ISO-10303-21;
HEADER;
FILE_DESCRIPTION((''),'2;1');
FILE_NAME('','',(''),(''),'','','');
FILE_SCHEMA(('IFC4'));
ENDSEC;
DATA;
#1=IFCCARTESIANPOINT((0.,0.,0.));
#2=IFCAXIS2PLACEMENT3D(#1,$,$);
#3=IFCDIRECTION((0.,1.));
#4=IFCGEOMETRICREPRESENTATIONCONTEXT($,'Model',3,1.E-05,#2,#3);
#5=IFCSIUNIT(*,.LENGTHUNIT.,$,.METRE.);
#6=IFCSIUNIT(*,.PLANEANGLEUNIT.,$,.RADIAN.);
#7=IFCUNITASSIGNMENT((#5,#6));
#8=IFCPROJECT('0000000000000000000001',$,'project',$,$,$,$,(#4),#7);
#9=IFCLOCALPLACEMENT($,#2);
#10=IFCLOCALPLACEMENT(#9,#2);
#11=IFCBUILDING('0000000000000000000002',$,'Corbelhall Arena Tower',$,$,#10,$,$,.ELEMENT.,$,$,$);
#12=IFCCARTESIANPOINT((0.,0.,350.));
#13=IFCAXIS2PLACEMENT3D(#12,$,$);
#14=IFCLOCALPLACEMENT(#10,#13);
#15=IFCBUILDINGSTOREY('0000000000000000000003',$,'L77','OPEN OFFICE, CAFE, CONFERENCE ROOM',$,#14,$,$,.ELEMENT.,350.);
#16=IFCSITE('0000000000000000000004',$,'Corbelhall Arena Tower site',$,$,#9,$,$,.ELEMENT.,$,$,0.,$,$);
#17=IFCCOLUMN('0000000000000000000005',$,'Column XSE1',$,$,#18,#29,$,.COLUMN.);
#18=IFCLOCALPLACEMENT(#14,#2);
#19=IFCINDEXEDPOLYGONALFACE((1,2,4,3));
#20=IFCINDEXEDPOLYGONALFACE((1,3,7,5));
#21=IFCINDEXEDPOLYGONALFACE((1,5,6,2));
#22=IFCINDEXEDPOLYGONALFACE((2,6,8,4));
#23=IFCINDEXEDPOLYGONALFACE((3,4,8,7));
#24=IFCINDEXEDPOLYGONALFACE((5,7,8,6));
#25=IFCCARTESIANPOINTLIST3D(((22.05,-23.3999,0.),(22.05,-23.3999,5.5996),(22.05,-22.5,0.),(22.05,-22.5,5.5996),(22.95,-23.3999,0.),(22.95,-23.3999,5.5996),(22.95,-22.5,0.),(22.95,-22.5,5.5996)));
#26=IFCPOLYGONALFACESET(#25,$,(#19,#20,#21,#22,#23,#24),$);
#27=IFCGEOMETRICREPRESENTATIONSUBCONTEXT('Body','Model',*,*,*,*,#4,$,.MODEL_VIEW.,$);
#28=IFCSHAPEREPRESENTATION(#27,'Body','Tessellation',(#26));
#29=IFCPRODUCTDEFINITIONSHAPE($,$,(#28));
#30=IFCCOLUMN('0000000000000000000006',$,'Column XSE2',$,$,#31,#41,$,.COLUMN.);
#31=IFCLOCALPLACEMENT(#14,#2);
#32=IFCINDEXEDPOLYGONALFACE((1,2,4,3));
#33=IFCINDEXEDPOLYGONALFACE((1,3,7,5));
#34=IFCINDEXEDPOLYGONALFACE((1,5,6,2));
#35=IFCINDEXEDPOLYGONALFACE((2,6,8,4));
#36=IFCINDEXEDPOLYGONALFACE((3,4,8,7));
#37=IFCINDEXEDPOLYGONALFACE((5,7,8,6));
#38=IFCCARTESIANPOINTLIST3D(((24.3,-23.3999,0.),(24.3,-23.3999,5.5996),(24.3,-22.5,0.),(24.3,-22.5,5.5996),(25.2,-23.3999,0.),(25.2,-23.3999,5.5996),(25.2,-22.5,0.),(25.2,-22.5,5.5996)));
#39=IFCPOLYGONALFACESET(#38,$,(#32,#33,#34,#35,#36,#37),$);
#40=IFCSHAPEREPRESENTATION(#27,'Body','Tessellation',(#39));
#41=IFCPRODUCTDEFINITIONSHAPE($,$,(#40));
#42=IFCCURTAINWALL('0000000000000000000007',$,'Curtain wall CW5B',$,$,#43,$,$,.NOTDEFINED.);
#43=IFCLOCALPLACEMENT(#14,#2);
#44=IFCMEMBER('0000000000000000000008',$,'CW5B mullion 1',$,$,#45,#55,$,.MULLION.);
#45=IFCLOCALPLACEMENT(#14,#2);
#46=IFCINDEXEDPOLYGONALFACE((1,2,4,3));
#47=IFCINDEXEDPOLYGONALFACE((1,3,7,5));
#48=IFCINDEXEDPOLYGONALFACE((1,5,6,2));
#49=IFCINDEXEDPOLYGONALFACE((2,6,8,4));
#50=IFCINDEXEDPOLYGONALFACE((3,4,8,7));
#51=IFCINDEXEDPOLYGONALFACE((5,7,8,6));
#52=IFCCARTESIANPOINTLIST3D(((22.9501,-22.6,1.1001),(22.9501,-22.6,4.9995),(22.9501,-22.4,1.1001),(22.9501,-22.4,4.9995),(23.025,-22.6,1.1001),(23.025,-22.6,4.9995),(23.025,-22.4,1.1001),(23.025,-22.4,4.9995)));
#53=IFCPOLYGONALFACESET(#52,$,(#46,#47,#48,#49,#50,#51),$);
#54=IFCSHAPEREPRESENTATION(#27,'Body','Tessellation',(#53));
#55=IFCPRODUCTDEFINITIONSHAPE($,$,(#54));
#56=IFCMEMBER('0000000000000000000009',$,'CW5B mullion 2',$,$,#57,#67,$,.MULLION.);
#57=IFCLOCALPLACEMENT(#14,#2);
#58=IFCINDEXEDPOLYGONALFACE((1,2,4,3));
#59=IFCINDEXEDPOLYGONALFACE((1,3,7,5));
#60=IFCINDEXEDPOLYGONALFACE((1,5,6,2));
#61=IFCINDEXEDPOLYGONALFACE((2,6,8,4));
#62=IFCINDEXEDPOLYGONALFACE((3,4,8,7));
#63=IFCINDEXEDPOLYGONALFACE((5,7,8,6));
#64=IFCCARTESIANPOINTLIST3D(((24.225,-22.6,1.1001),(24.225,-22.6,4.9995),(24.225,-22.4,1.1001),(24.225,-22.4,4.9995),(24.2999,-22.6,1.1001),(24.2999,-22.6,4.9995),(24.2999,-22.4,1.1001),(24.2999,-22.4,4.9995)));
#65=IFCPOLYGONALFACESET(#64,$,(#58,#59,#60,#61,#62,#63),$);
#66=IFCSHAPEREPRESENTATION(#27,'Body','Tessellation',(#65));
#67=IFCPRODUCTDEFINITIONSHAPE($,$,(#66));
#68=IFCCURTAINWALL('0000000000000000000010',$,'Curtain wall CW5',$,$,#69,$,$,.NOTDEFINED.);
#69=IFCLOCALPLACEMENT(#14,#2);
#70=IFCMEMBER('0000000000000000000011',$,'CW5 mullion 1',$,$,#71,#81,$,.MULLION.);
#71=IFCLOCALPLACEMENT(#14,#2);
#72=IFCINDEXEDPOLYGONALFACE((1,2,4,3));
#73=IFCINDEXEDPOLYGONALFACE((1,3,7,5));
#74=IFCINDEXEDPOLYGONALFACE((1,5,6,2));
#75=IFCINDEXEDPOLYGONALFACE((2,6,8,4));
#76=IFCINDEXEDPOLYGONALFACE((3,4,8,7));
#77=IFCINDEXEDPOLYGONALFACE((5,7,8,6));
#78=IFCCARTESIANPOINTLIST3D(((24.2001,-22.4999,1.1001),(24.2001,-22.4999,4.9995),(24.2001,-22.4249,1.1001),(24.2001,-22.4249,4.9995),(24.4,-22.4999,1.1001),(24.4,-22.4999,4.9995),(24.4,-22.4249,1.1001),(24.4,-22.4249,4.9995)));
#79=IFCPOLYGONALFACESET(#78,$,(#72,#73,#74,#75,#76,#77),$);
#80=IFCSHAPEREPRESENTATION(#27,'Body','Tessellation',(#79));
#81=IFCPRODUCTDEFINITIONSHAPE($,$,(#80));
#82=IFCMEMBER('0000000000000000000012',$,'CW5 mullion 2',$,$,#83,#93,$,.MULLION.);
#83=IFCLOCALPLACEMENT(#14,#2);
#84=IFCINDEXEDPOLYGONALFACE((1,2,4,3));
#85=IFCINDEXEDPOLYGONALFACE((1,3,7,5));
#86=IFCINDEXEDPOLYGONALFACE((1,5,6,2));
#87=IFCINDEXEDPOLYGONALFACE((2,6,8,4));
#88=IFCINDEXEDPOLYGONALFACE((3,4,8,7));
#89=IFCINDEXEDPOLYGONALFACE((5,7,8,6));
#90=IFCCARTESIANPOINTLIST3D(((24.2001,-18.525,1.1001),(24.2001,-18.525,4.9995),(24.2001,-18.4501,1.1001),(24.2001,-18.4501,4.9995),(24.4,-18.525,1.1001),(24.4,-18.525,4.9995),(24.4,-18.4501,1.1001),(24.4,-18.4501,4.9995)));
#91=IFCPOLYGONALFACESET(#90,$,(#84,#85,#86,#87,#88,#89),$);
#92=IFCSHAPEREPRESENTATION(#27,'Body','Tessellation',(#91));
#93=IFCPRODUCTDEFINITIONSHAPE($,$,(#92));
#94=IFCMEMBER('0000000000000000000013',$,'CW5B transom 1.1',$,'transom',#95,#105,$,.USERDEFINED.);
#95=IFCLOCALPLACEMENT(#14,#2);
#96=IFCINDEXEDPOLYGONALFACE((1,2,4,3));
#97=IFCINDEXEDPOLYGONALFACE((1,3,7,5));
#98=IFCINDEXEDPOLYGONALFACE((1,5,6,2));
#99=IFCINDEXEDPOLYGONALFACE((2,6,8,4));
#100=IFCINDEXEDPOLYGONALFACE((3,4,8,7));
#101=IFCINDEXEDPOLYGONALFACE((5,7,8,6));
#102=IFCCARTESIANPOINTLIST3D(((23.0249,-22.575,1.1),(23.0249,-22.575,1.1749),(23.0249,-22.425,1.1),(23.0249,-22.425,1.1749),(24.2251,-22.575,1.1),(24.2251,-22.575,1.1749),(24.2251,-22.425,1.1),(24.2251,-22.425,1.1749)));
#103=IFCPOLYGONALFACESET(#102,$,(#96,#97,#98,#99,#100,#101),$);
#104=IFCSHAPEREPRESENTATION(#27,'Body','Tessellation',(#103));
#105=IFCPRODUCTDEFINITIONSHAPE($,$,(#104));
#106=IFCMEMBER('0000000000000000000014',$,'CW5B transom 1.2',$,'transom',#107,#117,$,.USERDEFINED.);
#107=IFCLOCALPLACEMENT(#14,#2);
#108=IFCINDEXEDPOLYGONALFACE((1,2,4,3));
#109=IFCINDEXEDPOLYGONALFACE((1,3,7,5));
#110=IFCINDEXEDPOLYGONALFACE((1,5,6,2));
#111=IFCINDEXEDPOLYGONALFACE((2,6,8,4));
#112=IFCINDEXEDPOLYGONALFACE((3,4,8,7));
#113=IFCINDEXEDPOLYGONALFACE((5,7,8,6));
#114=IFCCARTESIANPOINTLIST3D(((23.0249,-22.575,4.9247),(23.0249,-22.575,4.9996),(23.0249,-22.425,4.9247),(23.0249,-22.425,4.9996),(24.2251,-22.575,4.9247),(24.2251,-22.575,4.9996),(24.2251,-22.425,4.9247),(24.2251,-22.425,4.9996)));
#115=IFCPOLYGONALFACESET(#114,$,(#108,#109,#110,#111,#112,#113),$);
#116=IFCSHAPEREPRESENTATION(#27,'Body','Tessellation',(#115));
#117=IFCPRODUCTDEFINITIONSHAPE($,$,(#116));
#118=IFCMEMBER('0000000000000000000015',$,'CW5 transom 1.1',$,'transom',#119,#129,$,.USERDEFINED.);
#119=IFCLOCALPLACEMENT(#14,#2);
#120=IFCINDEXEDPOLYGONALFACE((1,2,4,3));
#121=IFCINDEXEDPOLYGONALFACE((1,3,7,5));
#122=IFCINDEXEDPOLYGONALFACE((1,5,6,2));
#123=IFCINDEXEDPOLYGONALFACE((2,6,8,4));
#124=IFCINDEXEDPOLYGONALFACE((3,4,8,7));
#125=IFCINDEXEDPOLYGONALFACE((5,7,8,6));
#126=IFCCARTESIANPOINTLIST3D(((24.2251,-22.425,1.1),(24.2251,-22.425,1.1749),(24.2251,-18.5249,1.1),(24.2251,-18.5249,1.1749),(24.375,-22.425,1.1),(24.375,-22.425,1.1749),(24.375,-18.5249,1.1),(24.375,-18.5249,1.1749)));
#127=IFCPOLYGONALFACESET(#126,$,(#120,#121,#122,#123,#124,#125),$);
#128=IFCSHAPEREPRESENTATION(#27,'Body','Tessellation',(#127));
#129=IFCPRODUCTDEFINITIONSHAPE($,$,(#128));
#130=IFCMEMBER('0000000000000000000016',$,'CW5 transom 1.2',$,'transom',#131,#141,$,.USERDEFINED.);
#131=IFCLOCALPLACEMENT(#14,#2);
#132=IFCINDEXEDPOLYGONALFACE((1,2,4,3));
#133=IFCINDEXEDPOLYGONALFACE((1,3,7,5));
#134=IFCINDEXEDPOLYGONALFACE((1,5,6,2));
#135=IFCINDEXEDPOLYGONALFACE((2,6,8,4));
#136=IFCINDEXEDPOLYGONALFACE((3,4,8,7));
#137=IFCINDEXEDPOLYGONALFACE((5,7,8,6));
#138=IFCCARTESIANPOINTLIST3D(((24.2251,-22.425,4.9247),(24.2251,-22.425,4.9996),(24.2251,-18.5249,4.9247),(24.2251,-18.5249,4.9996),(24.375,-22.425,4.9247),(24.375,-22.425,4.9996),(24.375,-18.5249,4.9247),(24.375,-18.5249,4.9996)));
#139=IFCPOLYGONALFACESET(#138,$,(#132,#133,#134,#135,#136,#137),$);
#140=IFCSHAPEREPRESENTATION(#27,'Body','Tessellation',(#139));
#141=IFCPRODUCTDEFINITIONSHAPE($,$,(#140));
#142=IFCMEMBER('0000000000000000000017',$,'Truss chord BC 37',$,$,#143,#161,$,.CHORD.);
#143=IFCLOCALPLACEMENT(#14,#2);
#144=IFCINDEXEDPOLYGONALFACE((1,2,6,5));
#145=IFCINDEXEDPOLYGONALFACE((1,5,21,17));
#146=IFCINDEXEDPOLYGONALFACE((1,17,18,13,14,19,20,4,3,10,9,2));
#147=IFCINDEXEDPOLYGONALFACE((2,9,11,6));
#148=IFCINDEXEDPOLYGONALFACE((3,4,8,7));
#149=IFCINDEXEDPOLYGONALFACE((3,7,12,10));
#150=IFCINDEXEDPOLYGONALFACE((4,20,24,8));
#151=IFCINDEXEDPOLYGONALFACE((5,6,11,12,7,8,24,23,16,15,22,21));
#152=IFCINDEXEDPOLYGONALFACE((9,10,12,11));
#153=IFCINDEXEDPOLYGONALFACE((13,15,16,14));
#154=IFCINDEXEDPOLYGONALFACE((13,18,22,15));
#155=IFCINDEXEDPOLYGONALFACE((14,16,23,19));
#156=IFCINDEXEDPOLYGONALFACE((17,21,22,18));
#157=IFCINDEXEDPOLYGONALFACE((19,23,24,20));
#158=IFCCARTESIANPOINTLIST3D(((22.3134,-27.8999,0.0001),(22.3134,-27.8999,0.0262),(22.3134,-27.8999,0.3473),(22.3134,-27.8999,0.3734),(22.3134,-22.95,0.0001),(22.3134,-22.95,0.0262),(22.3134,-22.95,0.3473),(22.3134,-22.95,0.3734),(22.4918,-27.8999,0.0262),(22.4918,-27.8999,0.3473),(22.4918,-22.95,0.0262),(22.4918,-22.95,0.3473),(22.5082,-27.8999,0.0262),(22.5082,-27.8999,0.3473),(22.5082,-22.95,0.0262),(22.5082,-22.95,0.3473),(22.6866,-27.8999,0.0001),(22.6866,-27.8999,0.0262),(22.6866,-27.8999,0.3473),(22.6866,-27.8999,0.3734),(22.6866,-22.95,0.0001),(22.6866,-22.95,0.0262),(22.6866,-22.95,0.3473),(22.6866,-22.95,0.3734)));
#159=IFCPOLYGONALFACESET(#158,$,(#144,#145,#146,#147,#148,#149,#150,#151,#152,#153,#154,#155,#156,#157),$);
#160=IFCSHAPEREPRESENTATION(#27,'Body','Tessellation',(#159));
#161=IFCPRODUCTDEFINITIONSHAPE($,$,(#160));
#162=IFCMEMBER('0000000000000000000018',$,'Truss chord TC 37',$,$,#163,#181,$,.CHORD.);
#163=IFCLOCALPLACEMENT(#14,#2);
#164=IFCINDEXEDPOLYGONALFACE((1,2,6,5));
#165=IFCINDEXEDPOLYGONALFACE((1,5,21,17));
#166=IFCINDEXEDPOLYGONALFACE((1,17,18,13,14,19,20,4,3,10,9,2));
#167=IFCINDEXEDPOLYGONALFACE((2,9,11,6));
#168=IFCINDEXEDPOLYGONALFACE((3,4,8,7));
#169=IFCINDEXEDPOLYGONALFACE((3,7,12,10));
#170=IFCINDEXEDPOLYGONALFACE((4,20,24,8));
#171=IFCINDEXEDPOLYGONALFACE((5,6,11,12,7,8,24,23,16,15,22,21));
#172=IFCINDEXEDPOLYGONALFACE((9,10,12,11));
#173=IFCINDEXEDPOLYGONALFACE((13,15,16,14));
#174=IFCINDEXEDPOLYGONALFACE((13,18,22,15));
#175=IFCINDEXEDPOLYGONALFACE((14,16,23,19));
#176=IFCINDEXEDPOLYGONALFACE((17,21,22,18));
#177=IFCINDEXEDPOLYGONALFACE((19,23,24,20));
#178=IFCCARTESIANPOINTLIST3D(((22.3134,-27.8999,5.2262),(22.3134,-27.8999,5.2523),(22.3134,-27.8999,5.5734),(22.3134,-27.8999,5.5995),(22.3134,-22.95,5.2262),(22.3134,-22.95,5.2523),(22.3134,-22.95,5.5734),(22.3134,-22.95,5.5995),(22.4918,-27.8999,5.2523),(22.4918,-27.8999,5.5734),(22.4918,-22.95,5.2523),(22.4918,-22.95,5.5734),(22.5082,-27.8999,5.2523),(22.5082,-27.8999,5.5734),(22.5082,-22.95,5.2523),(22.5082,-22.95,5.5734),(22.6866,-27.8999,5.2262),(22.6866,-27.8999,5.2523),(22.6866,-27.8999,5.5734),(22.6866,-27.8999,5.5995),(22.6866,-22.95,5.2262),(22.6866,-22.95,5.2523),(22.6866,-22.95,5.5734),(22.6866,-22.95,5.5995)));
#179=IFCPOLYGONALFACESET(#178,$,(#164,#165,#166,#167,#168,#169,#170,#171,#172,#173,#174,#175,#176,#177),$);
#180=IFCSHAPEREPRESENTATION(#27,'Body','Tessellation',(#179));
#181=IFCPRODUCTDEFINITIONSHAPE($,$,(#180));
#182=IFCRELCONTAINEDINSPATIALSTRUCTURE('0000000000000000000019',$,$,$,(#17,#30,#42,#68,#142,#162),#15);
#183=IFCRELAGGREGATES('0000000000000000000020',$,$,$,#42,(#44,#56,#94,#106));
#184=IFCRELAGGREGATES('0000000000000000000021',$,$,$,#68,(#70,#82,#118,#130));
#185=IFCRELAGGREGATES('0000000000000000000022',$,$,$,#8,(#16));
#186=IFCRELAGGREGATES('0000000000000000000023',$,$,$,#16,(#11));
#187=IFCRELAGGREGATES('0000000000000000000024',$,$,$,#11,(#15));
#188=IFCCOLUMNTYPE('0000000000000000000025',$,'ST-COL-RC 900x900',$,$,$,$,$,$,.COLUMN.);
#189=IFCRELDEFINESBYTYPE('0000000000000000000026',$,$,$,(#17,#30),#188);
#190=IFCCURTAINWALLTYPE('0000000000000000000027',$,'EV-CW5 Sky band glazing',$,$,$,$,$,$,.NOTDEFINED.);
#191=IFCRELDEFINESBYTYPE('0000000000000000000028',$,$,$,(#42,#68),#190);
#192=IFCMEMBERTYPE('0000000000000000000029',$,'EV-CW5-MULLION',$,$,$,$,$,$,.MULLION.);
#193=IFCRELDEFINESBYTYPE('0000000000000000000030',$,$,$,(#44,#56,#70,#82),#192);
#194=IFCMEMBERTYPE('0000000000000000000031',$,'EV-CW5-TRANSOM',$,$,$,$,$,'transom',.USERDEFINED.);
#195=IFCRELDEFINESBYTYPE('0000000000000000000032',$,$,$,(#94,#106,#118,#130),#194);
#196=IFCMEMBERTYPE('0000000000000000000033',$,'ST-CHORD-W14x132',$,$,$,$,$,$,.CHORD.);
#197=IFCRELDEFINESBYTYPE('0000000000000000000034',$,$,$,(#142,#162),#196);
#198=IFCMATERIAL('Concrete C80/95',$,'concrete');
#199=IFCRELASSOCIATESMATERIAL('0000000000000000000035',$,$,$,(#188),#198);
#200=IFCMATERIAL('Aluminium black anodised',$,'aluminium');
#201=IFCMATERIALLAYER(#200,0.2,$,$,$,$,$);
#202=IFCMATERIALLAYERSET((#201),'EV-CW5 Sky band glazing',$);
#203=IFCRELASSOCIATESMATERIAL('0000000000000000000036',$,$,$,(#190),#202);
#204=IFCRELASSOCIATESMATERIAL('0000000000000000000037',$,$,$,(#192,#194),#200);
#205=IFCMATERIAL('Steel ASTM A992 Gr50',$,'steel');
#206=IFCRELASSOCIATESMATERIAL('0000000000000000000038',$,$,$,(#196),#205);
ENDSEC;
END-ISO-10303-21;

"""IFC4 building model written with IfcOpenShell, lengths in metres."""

from ifc_helpers import new_model, si_unit, direction, frame, origin, origin_2d, place, context, subcontext, project, spatial, rectangle, i_section, extrude, material, layer, layer_set, material_profile, profile_set, type_object, element, aggregate, save


model = new_model("IFC4")

# Units and contexts
model_context = context("Model", 3, precision=1e-05, world=origin(), true_north=direction((0.0, 1.0)))
body_context = subcontext(model_context, "Body", "Model", "MODEL_VIEW")
ifc_project = project(units=[si_unit("LENGTHUNIT", "METRE"), si_unit("PLANEANGLEUNIT", "RADIAN")], contexts=[model_context])

# Site, building, storey
site_placement = place(None, origin())
site = spatial("IfcSite", under=ifc_project, at=site_placement, Name="Corbelhall Arena Tower site", CompositionType="ELEMENT", RefElevation=0.0)
building_placement = place(site_placement, origin())
building = spatial("IfcBuilding", under=site, at=building_placement, Name="Corbelhall Arena Tower", CompositionType="ELEMENT")
storey_placement = place(building_placement, frame((0.0, 0.0, 350.0)))
storey = spatial("IfcBuildingStorey", under=building, at=storey_placement, Name="L77", Description="OPEN OFFICE, CAFE, CONFERENCE ROOM", CompositionType="ELEMENT", Elevation=350.0)

# Columns
ifc_material_1 = material(Name="Concrete C80/95", Category="concrete")
ifc_material_profile_1 = material_profile(ifc_material_1, rectangle(XDim=0.8999, YDim=0.8999, at=origin_2d()))
ifc_profile_set_1 = profile_set([ifc_material_profile_1], Name="Concrete C80/95")
column_type = type_object("IfcColumnType", Name="ST-COL-RC 900x900", PredefinedType="COLUMN", material=ifc_profile_set_1)
for number, where, z_axis, x_axis, name in (
    (1, (22.5, -22.95, 0.0), (0.0, 0.0, 1.0), (1.0, 0.0, 0.0), "Column XSE1"),
    (2, (24.75, -22.95, 0.0), (0.0, 0.0, 1.0), (1.0, 0.0, 0.0), "Column XSE2"),
):
    element("IfcColumn", number, at=place(storey_placement, frame(where, z_axis=z_axis, x_axis=x_axis)), inside=storey, type_object=column_type, Name=name, PredefinedType="COLUMN", context=body_context, shape_type="SweptSolid", body=[
        extrude(rectangle(XDim=0.8999, YDim=0.8999, at=origin_2d()), origin(), (0.0, 0.0, 1.0), 5.5996),
    ])

# Curtain walls, members
ifc_material_2 = material(Name="Aluminium black anodised", Category="aluminium")
ifc_layer_1 = layer(ifc_material_2, 0.2)
ifc_layer_set_1 = layer_set([ifc_layer_1], Name="EV-CW5 Sky band glazing")
curtain_wall_type = type_object("IfcCurtainWallType", Name="EV-CW5 Sky band glazing", PredefinedType="NOTDEFINED", material=ifc_layer_set_1)
curtain_wall_1_placement = place(storey_placement, origin())
curtain_wall_1 = element("IfcCurtainWall", 3, at=curtain_wall_1_placement, inside=storey, type_object=curtain_wall_type, Name="Curtain wall CW5B", PredefinedType="NOTDEFINED")
ifc_material_profile_2 = material_profile(ifc_material_2, rectangle(XDim=0.2, YDim=0.075, at=origin_2d()))
ifc_profile_set_2 = profile_set([ifc_material_profile_2], Name="Aluminium black anodised")
member_type_1 = type_object("IfcMemberType", Name="EV-CW5-MULLION", PredefinedType="MULLION", material=ifc_profile_set_2)
member_1_placement = place(storey_placement, frame((22.9875, -22.5, 1.1001), z_axis=(0.0, 0.0, 1.0), x_axis=(0.0, 1.0, 0.0)))
member_1 = element("IfcMember", 4, at=member_1_placement, type_object=member_type_1, Name="CW5B mullion 1", PredefinedType="MULLION", context=body_context, shape_type="SweptSolid", body=[
    extrude(rectangle(XDim=0.2, YDim=0.075, at=origin_2d()), origin(), (0.0, 0.0, 1.0), 3.8994),
])
member_2_placement = place(storey_placement, frame((24.2625, -22.5, 1.1001), z_axis=(0.0, 0.0, 1.0), x_axis=(0.0, 1.0, 0.0)))
member_2 = element("IfcMember", 5, at=member_2_placement, type_object=member_type_1, Name="CW5B mullion 2", PredefinedType="MULLION", context=body_context, shape_type="SweptSolid", body=[
    extrude(rectangle(XDim=0.2, YDim=0.075, at=origin_2d()), origin(), (0.0, 0.0, 1.0), 3.8994),
])
curtain_wall_2_placement = place(storey_placement, origin())
curtain_wall_2 = element("IfcCurtainWall", 6, at=curtain_wall_2_placement, inside=storey, type_object=curtain_wall_type, Name="Curtain wall CW5", PredefinedType="NOTDEFINED")
member_3_placement = place(storey_placement, frame((24.3, -22.4624, 1.1001), z_axis=(0.0, 0.0, 1.0), x_axis=(-1.0, 0.0, 0.0)))
member_3 = element("IfcMember", 7, at=member_3_placement, type_object=member_type_1, Name="CW5 mullion 1", PredefinedType="MULLION", context=body_context, shape_type="SweptSolid", body=[
    extrude(rectangle(XDim=0.2, YDim=0.075, at=origin_2d()), origin(), (0.0, 0.0, 1.0), 3.8994),
])
member_4_placement = place(storey_placement, frame((24.3, -18.4875, 1.1001), z_axis=(0.0, 0.0, 1.0), x_axis=(-1.0, 0.0, 0.0)))
member_4 = element("IfcMember", 8, at=member_4_placement, type_object=member_type_1, Name="CW5 mullion 2", PredefinedType="MULLION", context=body_context, shape_type="SweptSolid", body=[
    extrude(rectangle(XDim=0.2, YDim=0.075, at=origin_2d()), origin(), (0.0, 0.0, 1.0), 3.8994),
])

# Members
ifc_material_profile_3 = material_profile(ifc_material_2, rectangle(XDim=0.1499, YDim=0.075, at=origin_2d()))
ifc_profile_set_3 = profile_set([ifc_material_profile_3], Name="Aluminium black anodised")
member_type_2 = type_object("IfcMemberType", Name="EV-CW5-TRANSOM", ElementType="transom", PredefinedType="USERDEFINED", material=ifc_profile_set_3)
member_5_placement = place(storey_placement, frame((23.0249, -22.5, 1.1375), z_axis=(1.0, 0.0, 0.0), x_axis=(0.0, 1.0, 0.0)))
member_5 = element("IfcMember", 9, at=member_5_placement, type_object=member_type_2, Name="CW5B transom 1.1", ObjectType="transom", PredefinedType="USERDEFINED", context=body_context, shape_type="SweptSolid", body=[
    extrude(rectangle(XDim=0.1499, YDim=0.075, at=origin_2d()), origin(), (0.0, 0.0, 1.0), 1.2002),
])
member_6_placement = place(storey_placement, frame((23.0249, -22.5, 4.9622), z_axis=(1.0, 0.0, 0.0), x_axis=(0.0, 1.0, 0.0)))
member_6 = element("IfcMember", 10, at=member_6_placement, type_object=member_type_2, Name="CW5B transom 1.2", ObjectType="transom", PredefinedType="USERDEFINED", context=body_context, shape_type="SweptSolid", body=[
    extrude(rectangle(XDim=0.1499, YDim=0.075, at=origin_2d()), origin(), (0.0, 0.0, 1.0), 1.2002),
])
member_7_placement = place(storey_placement, frame((24.3, -22.425, 1.1375), z_axis=(0.0, 1.0, 0.0), x_axis=(-1.0, 0.0, 0.0)))
member_7 = element("IfcMember", 11, at=member_7_placement, type_object=member_type_2, Name="CW5 transom 1.1", ObjectType="transom", PredefinedType="USERDEFINED", context=body_context, shape_type="SweptSolid", body=[
    extrude(rectangle(XDim=0.1499, YDim=0.075, at=origin_2d()), origin(), (0.0, 0.0, 1.0), 3.9001),
])
member_8_placement = place(storey_placement, frame((24.3, -22.425, 4.9622), z_axis=(0.0, 1.0, 0.0), x_axis=(-1.0, 0.0, 0.0)))
member_8 = element("IfcMember", 12, at=member_8_placement, type_object=member_type_2, Name="CW5 transom 1.2", ObjectType="transom", PredefinedType="USERDEFINED", context=body_context, shape_type="SweptSolid", body=[
    extrude(rectangle(XDim=0.1499, YDim=0.075, at=origin_2d()), origin(), (0.0, 0.0, 1.0), 3.9001),
])

# Members
ifc_material_3 = material(Name="Steel ASTM A992 Gr50", Category="steel")
ifc_material_profile_4 = material_profile(ifc_material_3, i_section(OverallWidth=0.3733, OverallDepth=0.3733, WebThickness=0.0164, FlangeThickness=0.0261, at=origin_2d()))
ifc_profile_set_4 = profile_set([ifc_material_profile_4], Name="Steel ASTM A992 Gr50")
member_type_3 = type_object("IfcMemberType", Name="ST-CHORD-W14x132", PredefinedType="CHORD", material=ifc_profile_set_4)
for number, where, z_axis, x_axis, name in (
    (13, (22.5, -22.95, 0.1868), (0.0, -1.0, 0.0), (1.0, 0.0, 0.0), "Truss chord BC 37"),
    (14, (22.5, -22.95, 5.4128), (0.0, -1.0, 0.0), (1.0, 0.0, 0.0), "Truss chord TC 37"),
):
    element("IfcMember", number, at=place(storey_placement, frame(where, z_axis=z_axis, x_axis=x_axis)), inside=storey, type_object=member_type_3, Name=name, PredefinedType="CHORD", context=body_context, shape_type="SweptSolid", body=[
        extrude(i_section(OverallWidth=0.3733, OverallDepth=0.3733, WebThickness=0.0164, FlangeThickness=0.0261, at=origin_2d()), origin(), (0.0, 0.0, 1.0), 4.95),
    ])

aggregate(curtain_wall_1, [member_1, member_2, member_5, member_6])
aggregate(curtain_wall_2, [member_3, member_4, member_7, member_8])

save(model, "model.ifc")
